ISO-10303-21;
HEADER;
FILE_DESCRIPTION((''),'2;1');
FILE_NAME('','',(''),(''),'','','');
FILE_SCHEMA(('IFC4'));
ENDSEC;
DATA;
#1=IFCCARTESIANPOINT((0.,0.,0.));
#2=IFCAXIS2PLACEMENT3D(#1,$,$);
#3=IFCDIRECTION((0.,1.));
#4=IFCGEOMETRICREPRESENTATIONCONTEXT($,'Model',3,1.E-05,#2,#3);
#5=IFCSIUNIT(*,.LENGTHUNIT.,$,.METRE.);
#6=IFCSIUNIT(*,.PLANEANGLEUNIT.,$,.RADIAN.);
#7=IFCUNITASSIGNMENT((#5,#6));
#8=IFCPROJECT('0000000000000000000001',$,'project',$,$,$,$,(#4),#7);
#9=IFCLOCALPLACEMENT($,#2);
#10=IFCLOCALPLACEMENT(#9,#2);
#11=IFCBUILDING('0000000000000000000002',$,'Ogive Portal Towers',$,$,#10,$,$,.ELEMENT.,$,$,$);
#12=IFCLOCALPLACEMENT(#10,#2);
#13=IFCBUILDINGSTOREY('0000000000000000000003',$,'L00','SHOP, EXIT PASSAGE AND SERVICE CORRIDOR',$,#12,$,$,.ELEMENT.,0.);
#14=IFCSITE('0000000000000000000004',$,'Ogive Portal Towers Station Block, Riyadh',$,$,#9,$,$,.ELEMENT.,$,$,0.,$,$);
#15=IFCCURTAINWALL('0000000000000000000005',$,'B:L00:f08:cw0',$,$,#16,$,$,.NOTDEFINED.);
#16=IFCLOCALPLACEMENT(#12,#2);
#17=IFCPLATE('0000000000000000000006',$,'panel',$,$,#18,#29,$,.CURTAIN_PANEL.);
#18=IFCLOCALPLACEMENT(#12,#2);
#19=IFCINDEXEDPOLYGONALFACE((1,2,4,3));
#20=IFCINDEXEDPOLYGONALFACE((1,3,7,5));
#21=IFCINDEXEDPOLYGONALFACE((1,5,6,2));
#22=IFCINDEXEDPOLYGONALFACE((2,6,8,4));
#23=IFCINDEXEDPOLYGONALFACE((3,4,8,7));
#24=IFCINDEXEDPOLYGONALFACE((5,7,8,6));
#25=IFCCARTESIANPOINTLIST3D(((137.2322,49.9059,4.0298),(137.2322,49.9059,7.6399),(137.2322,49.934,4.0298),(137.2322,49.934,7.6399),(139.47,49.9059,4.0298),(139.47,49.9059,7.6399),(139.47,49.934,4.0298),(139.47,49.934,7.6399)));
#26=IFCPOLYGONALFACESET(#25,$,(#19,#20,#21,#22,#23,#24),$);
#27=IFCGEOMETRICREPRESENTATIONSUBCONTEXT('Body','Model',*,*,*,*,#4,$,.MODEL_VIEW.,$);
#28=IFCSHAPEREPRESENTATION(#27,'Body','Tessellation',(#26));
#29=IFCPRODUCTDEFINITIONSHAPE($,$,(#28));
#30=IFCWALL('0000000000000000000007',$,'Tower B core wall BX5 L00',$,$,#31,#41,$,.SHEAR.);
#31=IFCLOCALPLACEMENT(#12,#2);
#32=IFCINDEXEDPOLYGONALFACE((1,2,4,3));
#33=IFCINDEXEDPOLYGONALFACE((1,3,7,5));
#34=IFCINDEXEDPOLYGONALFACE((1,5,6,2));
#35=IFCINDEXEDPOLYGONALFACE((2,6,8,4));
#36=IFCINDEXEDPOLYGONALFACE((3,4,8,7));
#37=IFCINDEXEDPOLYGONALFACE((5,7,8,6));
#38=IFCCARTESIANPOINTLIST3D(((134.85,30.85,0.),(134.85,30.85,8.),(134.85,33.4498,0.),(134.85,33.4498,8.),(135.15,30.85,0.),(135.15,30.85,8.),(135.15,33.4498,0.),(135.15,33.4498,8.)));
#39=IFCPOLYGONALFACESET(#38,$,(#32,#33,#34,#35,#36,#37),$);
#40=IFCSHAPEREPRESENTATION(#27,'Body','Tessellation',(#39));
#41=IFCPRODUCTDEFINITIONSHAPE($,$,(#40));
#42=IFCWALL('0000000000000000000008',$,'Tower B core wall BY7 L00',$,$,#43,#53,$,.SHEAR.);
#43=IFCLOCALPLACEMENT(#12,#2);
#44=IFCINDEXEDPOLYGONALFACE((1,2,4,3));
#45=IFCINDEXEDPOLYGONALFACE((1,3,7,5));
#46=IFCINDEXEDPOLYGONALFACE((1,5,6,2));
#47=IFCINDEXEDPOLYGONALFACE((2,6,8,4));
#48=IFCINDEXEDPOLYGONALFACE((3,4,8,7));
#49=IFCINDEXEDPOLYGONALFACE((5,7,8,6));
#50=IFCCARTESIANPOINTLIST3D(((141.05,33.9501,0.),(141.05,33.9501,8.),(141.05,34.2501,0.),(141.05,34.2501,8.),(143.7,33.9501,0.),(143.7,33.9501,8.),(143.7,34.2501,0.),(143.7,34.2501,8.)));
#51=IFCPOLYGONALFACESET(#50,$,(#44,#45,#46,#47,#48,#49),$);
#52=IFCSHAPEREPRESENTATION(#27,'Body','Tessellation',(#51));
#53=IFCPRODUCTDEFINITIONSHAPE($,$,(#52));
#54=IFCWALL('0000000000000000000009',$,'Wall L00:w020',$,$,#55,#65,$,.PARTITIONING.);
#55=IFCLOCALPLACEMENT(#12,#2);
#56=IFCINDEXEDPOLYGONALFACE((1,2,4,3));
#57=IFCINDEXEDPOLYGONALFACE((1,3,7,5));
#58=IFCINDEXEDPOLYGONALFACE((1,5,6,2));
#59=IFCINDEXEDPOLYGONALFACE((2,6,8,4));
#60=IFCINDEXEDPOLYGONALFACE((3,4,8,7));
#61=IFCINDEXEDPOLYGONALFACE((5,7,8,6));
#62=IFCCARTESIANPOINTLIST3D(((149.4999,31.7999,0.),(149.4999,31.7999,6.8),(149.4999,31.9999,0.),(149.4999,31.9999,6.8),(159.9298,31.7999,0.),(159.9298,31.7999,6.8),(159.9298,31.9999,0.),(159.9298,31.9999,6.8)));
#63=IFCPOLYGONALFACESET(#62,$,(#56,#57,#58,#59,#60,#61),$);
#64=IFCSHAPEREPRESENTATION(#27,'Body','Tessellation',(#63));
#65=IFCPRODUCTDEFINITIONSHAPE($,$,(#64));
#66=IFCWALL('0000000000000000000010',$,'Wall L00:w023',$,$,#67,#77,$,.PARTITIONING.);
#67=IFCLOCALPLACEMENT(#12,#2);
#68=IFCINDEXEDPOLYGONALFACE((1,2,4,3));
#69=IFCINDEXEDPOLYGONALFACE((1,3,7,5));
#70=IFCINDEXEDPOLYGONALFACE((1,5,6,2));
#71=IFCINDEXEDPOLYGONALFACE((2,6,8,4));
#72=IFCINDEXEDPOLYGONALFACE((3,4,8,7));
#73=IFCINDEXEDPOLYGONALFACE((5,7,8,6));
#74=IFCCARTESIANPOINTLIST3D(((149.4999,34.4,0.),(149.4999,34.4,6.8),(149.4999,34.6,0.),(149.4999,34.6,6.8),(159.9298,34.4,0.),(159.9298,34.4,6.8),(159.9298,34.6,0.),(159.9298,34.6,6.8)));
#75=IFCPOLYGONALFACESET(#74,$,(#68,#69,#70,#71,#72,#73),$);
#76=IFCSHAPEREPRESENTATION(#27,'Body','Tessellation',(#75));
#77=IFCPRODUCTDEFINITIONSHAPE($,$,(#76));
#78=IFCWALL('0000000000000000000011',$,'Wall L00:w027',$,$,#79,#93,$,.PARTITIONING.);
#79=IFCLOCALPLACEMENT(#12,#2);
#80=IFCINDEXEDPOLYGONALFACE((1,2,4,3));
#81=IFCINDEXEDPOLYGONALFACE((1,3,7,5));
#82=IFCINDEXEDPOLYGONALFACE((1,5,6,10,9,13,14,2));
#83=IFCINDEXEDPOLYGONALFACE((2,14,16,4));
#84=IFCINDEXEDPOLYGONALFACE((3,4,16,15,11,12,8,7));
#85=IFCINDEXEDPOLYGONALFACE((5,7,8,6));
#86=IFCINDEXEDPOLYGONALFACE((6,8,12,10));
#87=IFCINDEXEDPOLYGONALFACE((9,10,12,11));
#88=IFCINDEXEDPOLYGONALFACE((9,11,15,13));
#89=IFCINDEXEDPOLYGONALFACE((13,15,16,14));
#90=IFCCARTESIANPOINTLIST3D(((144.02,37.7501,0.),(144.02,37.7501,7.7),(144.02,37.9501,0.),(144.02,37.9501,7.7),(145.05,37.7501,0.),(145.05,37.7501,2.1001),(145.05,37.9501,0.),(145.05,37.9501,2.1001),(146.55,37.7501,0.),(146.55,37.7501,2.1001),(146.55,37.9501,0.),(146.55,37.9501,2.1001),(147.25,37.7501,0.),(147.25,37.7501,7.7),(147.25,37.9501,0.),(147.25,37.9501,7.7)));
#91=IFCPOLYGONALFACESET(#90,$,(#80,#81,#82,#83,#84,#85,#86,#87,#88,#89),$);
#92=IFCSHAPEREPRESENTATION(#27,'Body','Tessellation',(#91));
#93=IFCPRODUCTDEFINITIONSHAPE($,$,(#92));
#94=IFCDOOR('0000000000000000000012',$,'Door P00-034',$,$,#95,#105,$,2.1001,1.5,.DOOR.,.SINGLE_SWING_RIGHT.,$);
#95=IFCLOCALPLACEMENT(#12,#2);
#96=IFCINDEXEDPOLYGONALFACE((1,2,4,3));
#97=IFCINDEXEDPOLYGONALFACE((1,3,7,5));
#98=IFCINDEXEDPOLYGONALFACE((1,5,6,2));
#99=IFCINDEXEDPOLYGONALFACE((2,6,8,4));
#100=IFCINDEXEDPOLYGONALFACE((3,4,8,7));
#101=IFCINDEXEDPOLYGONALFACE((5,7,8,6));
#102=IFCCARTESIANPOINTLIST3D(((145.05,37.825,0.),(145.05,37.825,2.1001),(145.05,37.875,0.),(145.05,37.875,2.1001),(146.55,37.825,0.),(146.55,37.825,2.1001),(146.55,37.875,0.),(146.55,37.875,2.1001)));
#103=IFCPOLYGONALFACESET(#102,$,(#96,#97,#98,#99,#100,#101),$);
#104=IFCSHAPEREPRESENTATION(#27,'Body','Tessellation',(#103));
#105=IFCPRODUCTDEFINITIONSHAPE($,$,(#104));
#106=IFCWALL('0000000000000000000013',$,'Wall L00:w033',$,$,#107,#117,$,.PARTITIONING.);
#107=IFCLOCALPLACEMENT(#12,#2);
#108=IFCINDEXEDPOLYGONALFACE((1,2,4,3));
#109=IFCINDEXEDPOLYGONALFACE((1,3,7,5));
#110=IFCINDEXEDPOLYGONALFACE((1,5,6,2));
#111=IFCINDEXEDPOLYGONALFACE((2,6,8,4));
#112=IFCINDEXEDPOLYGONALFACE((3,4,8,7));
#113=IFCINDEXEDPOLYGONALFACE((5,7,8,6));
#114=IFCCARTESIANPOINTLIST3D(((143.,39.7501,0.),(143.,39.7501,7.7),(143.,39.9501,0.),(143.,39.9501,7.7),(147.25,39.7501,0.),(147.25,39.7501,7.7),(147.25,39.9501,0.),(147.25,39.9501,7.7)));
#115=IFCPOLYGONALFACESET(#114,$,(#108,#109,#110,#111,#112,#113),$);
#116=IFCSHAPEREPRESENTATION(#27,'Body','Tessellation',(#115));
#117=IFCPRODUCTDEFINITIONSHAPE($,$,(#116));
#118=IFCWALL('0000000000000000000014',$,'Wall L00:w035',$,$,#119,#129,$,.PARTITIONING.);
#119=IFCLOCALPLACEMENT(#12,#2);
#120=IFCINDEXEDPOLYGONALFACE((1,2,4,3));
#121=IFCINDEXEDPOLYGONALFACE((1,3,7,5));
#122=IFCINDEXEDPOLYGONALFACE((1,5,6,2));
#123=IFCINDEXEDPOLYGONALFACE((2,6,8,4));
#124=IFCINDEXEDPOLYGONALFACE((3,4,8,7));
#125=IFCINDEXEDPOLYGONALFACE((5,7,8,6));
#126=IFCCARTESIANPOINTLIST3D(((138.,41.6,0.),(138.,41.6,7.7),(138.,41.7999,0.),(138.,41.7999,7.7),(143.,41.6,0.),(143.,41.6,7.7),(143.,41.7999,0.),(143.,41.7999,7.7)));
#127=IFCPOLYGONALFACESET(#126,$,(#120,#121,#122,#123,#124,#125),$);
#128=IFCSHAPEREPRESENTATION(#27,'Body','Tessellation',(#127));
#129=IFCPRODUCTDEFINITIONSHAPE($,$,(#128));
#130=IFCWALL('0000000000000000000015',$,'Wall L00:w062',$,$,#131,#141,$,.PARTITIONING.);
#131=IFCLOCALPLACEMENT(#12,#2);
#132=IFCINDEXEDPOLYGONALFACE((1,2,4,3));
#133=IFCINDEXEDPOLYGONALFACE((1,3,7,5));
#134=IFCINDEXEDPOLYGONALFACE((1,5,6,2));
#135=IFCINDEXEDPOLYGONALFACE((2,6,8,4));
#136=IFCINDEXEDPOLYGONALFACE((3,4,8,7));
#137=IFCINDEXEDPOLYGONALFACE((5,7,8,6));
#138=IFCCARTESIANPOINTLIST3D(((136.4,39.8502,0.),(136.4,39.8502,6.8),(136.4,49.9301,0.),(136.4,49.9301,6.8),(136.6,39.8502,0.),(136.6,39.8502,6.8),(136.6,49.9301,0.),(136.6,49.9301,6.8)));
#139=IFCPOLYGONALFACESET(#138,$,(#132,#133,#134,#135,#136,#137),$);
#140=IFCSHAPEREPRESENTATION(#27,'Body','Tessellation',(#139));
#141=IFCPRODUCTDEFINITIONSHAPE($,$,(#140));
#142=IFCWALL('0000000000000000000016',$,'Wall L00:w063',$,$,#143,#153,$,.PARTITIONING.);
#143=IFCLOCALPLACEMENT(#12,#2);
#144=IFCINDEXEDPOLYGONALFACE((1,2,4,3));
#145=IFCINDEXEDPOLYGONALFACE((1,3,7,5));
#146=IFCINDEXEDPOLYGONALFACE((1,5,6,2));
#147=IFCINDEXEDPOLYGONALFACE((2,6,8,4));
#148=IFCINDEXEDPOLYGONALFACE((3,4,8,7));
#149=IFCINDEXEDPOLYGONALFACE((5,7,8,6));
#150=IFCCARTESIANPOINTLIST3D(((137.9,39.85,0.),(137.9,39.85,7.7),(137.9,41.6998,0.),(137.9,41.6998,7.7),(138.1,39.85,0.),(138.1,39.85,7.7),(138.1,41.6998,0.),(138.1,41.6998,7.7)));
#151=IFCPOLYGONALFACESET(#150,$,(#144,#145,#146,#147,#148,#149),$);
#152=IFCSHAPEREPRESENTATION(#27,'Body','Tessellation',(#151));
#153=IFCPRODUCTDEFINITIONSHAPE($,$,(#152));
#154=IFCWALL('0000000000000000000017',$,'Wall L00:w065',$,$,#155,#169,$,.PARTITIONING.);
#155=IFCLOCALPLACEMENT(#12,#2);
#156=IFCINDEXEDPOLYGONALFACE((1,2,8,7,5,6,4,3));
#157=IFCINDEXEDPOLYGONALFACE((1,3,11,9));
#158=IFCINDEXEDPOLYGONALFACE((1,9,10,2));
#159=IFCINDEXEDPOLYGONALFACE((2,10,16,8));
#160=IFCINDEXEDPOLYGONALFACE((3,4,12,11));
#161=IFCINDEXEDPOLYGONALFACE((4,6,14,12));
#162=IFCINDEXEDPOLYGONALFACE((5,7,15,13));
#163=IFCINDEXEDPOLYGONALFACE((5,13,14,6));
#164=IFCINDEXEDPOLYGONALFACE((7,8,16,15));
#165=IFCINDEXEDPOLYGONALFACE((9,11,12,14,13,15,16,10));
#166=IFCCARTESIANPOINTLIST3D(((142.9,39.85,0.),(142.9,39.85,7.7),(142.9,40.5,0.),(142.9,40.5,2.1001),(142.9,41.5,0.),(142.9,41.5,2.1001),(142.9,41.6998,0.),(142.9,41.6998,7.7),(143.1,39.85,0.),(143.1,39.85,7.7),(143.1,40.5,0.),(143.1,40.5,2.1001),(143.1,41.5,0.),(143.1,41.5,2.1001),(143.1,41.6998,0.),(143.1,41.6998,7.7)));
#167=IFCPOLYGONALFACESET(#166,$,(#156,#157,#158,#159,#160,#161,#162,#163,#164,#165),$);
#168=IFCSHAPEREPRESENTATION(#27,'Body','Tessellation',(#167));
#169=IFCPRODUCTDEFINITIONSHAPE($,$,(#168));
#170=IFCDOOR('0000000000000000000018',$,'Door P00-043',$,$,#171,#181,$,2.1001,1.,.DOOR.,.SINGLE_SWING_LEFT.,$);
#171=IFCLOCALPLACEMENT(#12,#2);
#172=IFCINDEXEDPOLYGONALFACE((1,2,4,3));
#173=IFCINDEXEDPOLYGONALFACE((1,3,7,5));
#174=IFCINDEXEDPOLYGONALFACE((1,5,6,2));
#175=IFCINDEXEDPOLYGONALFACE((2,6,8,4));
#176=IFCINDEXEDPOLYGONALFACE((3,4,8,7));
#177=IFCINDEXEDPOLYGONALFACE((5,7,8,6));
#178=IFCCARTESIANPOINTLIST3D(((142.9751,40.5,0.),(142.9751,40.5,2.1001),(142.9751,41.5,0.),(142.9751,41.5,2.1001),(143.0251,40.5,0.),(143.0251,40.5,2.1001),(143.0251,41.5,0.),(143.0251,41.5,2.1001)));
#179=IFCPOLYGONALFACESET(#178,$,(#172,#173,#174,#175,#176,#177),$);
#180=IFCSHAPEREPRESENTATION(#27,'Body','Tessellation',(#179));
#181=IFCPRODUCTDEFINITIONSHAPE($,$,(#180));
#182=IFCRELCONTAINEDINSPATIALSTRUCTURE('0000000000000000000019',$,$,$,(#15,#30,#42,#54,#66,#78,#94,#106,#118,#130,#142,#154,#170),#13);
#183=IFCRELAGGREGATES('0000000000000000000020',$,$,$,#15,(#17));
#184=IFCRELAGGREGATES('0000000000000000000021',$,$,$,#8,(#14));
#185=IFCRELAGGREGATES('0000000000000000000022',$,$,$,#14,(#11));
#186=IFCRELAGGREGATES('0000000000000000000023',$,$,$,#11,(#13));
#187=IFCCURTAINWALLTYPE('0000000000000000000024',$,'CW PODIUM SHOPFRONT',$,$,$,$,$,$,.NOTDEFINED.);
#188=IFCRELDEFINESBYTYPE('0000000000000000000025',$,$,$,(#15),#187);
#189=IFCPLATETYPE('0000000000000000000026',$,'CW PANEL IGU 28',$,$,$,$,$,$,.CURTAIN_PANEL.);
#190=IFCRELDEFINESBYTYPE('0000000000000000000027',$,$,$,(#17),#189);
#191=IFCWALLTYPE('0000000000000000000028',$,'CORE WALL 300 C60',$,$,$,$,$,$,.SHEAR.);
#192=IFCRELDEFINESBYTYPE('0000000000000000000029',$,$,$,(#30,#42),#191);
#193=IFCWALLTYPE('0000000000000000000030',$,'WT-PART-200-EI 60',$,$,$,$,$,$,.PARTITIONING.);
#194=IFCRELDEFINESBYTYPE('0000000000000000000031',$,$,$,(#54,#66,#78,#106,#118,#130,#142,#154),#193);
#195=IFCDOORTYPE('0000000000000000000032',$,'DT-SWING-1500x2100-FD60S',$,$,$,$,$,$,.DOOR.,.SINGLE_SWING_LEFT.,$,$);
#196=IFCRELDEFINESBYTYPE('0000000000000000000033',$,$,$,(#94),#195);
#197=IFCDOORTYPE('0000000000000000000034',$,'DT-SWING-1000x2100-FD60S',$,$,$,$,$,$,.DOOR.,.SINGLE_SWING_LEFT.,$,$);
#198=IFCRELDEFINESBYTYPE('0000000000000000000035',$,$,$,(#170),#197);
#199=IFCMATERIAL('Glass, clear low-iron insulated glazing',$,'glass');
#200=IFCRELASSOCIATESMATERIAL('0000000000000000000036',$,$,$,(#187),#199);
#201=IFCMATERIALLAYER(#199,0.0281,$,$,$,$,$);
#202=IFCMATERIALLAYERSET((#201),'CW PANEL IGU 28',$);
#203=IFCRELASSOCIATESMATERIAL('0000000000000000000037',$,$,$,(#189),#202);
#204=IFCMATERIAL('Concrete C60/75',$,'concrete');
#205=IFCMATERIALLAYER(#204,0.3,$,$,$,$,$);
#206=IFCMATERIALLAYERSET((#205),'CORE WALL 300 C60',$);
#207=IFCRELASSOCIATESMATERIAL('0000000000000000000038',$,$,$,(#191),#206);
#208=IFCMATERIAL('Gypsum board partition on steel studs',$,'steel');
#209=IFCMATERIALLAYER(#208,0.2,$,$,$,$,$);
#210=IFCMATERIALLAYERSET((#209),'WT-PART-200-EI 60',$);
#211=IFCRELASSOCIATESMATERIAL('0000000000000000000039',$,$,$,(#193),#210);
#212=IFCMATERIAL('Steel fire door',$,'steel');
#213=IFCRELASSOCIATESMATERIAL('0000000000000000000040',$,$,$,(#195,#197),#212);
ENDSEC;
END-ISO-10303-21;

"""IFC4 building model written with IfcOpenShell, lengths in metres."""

from ifc_helpers import new_model, si_unit, direction, frame, frame_2d, origin, origin_2d, place, context, subcontext, project, spatial, rectangle, extrude, material, layer, layer_set, type_object, element, fill, aggregate, save


model = new_model("IFC4")

# Units and contexts
model_context = context("Model", 3, precision=1e-05, world=origin(), true_north=direction((0.0, 1.0)))
body_context = subcontext(model_context, "Body", "Model", "MODEL_VIEW")
ifc_project = project(units=[si_unit("LENGTHUNIT", "METRE"), si_unit("PLANEANGLEUNIT", "RADIAN")], contexts=[model_context])

# Site, building, storey
site_placement = place(None, origin())
site = spatial("IfcSite", under=ifc_project, at=site_placement, Name="Ogive Portal Towers Station Block, Riyadh", CompositionType="ELEMENT", RefElevation=0.0)
building_placement = place(site_placement, origin())
building = spatial("IfcBuilding", under=site, at=building_placement, Name="Ogive Portal Towers", CompositionType="ELEMENT")
storey_placement = place(building_placement, origin())
storey = spatial("IfcBuildingStorey", under=building, at=storey_placement, Name="L00", Description="SHOP, EXIT PASSAGE AND SERVICE CORRIDOR", CompositionType="ELEMENT", Elevation=0.0)

# Curtain wall, plate
ifc_material_1 = material(Name="Glass, clear low-iron insulated glazing", Category="glass")
curtain_wall_type = type_object("IfcCurtainWallType", Name="CW PODIUM SHOPFRONT", PredefinedType="NOTDEFINED", material=ifc_material_1)
curtain_wall_placement = place(storey_placement, origin())
curtain_wall = element("IfcCurtainWall", 1, at=curtain_wall_placement, inside=storey, type_object=curtain_wall_type, Name="B:L00:f08:cw0", PredefinedType="NOTDEFINED")
ifc_layer_1 = layer(ifc_material_1, 0.0281)
ifc_layer_set_1 = layer_set([ifc_layer_1], Name="CW PANEL IGU 28")
plate_type = type_object("IfcPlateType", Name="CW PANEL IGU 28", PredefinedType="CURTAIN_PANEL", material=ifc_layer_set_1)
plate_1_placement = place(storey_placement, frame((138.3511, 49.9199, 4.0298), z_axis=(0.0, 0.0, 1.0), x_axis=(-1.0, 0.0, 0.0)))
plate_1 = element("IfcPlate", 2, at=plate_1_placement, type_object=plate_type, Name="panel", PredefinedType="CURTAIN_PANEL", context=body_context, shape_type="SweptSolid", body=[
    extrude(rectangle(XDim=2.2378, YDim=0.0281, at=origin_2d()), origin(), (0.0, 0.0, 1.0), 3.6101),
])
aggregate(curtain_wall, [plate_1])

# Walls
ifc_material_2 = material(Name="Concrete C60/75", Category="concrete")
ifc_layer_2 = layer(ifc_material_2, 0.3)
ifc_layer_set_2 = layer_set([ifc_layer_2], Name="CORE WALL 300 C60")
wall_type_1 = type_object("IfcWallType", Name="CORE WALL 300 C60", PredefinedType="SHEAR", material=ifc_layer_set_2)
wall_1_placement = place(storey_placement, frame((135.0, 30.8501, 0.0), z_axis=(0.0, 0.0, 1.0), x_axis=(0.0, 1.0, 0.0)))
element("IfcWall", 3, at=wall_1_placement, inside=storey, type_object=wall_type_1, Name="Tower B core wall BX5 L00", PredefinedType="SHEAR", context=body_context, shape_type="SweptSolid", body=[
    extrude(rectangle(XDim=2.5999, YDim=0.3, at=frame_2d((1.2998, 0.0))), origin(), (0.0, 0.0, 1.0), 8.0),
])
wall_2_placement = place(storey_placement, frame((141.05, 34.1001, 0.0), z_axis=(0.0, 0.0, 1.0), x_axis=(1.0, 0.0, 0.0)))
element("IfcWall", 4, at=wall_2_placement, inside=storey, type_object=wall_type_1, Name="Tower B core wall BY7 L00", PredefinedType="SHEAR", context=body_context, shape_type="SweptSolid", body=[
    extrude(rectangle(XDim=2.6499, YDim=0.3, at=frame_2d((1.325, 0.0))), origin(), (0.0, 0.0, 1.0), 8.0),
])
ifc_material_3 = material(Name="Gypsum board partition on steel studs", Category="steel")
ifc_layer_3 = layer(ifc_material_3, 0.2)
ifc_layer_set_3 = layer_set([ifc_layer_3], Name="WT-PART-200-EI 60")
wall_type_2 = type_object("IfcWallType", Name="WT-PART-200-EI 60", PredefinedType="PARTITIONING", material=ifc_layer_set_3)
for number, where, z_axis, x_axis, name in (
    (5, (149.5, 31.8999, 0.0), (0.0, 0.0, 1.0), (1.0, 0.0, 0.0), "Wall L00:w020"),
    (6, (149.5, 34.5, 0.0), (0.0, 0.0, 1.0), (1.0, 0.0, 0.0), "Wall L00:w023"),
):
    element("IfcWall", number, at=place(storey_placement, frame(where, z_axis=z_axis, x_axis=x_axis)), inside=storey, type_object=wall_type_2, Name=name, PredefinedType="PARTITIONING", context=body_context, shape_type="SweptSolid", body=[
        extrude(rectangle(XDim=10.4299, YDim=0.2, at=frame_2d((5.2148, 0.0))), origin(), (0.0, 0.0, 1.0), 6.8),
    ])

# Wall, opening, door
wall_3_placement = place(storey_placement, frame((144.02, 37.8501, 0.0), z_axis=(0.0, 0.0, 1.0), x_axis=(1.0, 0.0, 0.0)))
wall_3 = element("IfcWall", 7, at=wall_3_placement, inside=storey, type_object=wall_type_2, Name="Wall L00:w027", PredefinedType="PARTITIONING", context=body_context, shape_type="SweptSolid", body=[
    extrude(rectangle(XDim=3.23, YDim=0.2, at=frame_2d((1.615, 0.0))), origin(), (0.0, 0.0, 1.0), 7.7),
])
opening_1_placement = place(wall_3_placement, frame((1.03, 0.0, 0.0)))
opening_1 = element("IfcOpeningElement", 8, at=opening_1_placement, cuts=wall_3, PredefinedType="OPENING", context=body_context, shape_type="SweptSolid", body=[
    extrude(rectangle(XDim=1.5, YDim=2.1001, at=frame_2d((0.75, 1.05))), frame((0.0, 0.1099, 0.0), z_axis=(0.0, -1.0, 0.0), x_axis=(1.0, 0.0, 0.0)), (0.0, 0.0, 1.0), 0.22),
])
ifc_material_4 = material(Name="Steel fire door", Category="steel")
door_type_1 = type_object("IfcDoorType", Name="DT-SWING-1500x2100-FD60S", OperationType="SINGLE_SWING_LEFT", PredefinedType="DOOR", material=ifc_material_4)
door_1_placement = place(opening_1_placement, origin())
door_1 = element("IfcDoor", 9, at=door_1_placement, inside=storey, type_object=door_type_1, Name="Door P00-034", OperationType="SINGLE_SWING_RIGHT", OverallHeight=2.1001, OverallWidth=1.5, PredefinedType="DOOR", context=body_context, shape_type="SweptSolid", body=[
    extrude(rectangle(XDim=1.5, YDim=2.1001, at=frame_2d((0.75, 1.05))), frame((0.0, 0.0249, 0.0), z_axis=(0.0, -1.0, 0.0), x_axis=(1.0, 0.0, 0.0)), (0.0, 0.0, 1.0), 0.05),
])
fill(opening_1, door_1)

# Walls
wall_4_placement = place(storey_placement, frame((143.0, 39.8501, 0.0), z_axis=(0.0, 0.0, 1.0), x_axis=(1.0, 0.0, 0.0)))
element("IfcWall", 10, at=wall_4_placement, inside=storey, type_object=wall_type_2, Name="Wall L00:w033", PredefinedType="PARTITIONING", context=body_context, shape_type="SweptSolid", body=[
    extrude(rectangle(XDim=4.25, YDim=0.2, at=frame_2d((2.125, 0.0))), origin(), (0.0, 0.0, 1.0), 7.7),
])
wall_5_placement = place(storey_placement, frame((138.0, 41.7, 0.0), z_axis=(0.0, 0.0, 1.0), x_axis=(1.0, 0.0, 0.0)))
element("IfcWall", 11, at=wall_5_placement, inside=storey, type_object=wall_type_2, Name="Wall L00:w035", PredefinedType="PARTITIONING", context=body_context, shape_type="SweptSolid", body=[
    extrude(rectangle(XDim=5.0, YDim=0.2, at=frame_2d((2.5, 0.0))), origin(), (0.0, 0.0, 1.0), 7.7),
])
wall_6_placement = place(storey_placement, frame((136.5, 39.8501, 0.0), z_axis=(0.0, 0.0, 1.0), x_axis=(0.0, 1.0, 0.0)))
element("IfcWall", 12, at=wall_6_placement, inside=storey, type_object=wall_type_2, Name="Wall L00:w062", PredefinedType="PARTITIONING", context=body_context, shape_type="SweptSolid", body=[
    extrude(rectangle(XDim=10.0798, YDim=0.2, at=frame_2d((5.04, 0.0))), origin(), (0.0, 0.0, 1.0), 6.8),
])
wall_7_placement = place(storey_placement, frame((138.0, 39.8501, 0.0), z_axis=(0.0, 0.0, 1.0), x_axis=(0.0, 1.0, 0.0)))
element("IfcWall", 13, at=wall_7_placement, inside=storey, type_object=wall_type_2, Name="Wall L00:w063", PredefinedType="PARTITIONING", context=body_context, shape_type="SweptSolid", body=[
    extrude(rectangle(XDim=1.8499, YDim=0.2, at=frame_2d((0.9248, 0.0))), origin(), (0.0, 0.0, 1.0), 7.7),
])

# Wall, opening, door
wall_8_placement = place(storey_placement, frame((143.0, 39.8501, 0.0), z_axis=(0.0, 0.0, 1.0), x_axis=(0.0, 1.0, 0.0)))
wall_8 = element("IfcWall", 14, at=wall_8_placement, inside=storey, type_object=wall_type_2, Name="Wall L00:w065", PredefinedType="PARTITIONING", context=body_context, shape_type="SweptSolid", body=[
    extrude(rectangle(XDim=1.8499, YDim=0.2, at=frame_2d((0.9248, 0.0))), origin(), (0.0, 0.0, 1.0), 7.7),
])
opening_2_placement = place(wall_8_placement, frame((0.6499, 0.0, 0.0)))
opening_2 = element("IfcOpeningElement", 15, at=opening_2_placement, cuts=wall_8, PredefinedType="OPENING", context=body_context, shape_type="SweptSolid", body=[
    extrude(rectangle(XDim=1.0, YDim=2.1001, at=frame_2d((0.5, 1.05))), frame((0.0, 0.1099, 0.0), z_axis=(0.0, -1.0, 0.0), x_axis=(1.0, 0.0, 0.0)), (0.0, 0.0, 1.0), 0.22),
])
door_type_2 = type_object("IfcDoorType", Name="DT-SWING-1000x2100-FD60S", OperationType="SINGLE_SWING_LEFT", PredefinedType="DOOR", material=ifc_material_4)
door_2_placement = place(opening_2_placement, origin())
door_2 = element("IfcDoor", 16, at=door_2_placement, inside=storey, type_object=door_type_2, Name="Door P00-043", OperationType="SINGLE_SWING_LEFT", OverallHeight=2.1001, OverallWidth=1.0, PredefinedType="DOOR", context=body_context, shape_type="SweptSolid", body=[
    extrude(rectangle(XDim=1.0, YDim=2.1001, at=frame_2d((0.5, 1.05))), frame((0.0, 0.0249, 0.0), z_axis=(0.0, -1.0, 0.0), x_axis=(1.0, 0.0, 0.0)), (0.0, 0.0, 1.0), 0.05),
])
fill(opening_2, door_2)

save(model, "model.ifc")
